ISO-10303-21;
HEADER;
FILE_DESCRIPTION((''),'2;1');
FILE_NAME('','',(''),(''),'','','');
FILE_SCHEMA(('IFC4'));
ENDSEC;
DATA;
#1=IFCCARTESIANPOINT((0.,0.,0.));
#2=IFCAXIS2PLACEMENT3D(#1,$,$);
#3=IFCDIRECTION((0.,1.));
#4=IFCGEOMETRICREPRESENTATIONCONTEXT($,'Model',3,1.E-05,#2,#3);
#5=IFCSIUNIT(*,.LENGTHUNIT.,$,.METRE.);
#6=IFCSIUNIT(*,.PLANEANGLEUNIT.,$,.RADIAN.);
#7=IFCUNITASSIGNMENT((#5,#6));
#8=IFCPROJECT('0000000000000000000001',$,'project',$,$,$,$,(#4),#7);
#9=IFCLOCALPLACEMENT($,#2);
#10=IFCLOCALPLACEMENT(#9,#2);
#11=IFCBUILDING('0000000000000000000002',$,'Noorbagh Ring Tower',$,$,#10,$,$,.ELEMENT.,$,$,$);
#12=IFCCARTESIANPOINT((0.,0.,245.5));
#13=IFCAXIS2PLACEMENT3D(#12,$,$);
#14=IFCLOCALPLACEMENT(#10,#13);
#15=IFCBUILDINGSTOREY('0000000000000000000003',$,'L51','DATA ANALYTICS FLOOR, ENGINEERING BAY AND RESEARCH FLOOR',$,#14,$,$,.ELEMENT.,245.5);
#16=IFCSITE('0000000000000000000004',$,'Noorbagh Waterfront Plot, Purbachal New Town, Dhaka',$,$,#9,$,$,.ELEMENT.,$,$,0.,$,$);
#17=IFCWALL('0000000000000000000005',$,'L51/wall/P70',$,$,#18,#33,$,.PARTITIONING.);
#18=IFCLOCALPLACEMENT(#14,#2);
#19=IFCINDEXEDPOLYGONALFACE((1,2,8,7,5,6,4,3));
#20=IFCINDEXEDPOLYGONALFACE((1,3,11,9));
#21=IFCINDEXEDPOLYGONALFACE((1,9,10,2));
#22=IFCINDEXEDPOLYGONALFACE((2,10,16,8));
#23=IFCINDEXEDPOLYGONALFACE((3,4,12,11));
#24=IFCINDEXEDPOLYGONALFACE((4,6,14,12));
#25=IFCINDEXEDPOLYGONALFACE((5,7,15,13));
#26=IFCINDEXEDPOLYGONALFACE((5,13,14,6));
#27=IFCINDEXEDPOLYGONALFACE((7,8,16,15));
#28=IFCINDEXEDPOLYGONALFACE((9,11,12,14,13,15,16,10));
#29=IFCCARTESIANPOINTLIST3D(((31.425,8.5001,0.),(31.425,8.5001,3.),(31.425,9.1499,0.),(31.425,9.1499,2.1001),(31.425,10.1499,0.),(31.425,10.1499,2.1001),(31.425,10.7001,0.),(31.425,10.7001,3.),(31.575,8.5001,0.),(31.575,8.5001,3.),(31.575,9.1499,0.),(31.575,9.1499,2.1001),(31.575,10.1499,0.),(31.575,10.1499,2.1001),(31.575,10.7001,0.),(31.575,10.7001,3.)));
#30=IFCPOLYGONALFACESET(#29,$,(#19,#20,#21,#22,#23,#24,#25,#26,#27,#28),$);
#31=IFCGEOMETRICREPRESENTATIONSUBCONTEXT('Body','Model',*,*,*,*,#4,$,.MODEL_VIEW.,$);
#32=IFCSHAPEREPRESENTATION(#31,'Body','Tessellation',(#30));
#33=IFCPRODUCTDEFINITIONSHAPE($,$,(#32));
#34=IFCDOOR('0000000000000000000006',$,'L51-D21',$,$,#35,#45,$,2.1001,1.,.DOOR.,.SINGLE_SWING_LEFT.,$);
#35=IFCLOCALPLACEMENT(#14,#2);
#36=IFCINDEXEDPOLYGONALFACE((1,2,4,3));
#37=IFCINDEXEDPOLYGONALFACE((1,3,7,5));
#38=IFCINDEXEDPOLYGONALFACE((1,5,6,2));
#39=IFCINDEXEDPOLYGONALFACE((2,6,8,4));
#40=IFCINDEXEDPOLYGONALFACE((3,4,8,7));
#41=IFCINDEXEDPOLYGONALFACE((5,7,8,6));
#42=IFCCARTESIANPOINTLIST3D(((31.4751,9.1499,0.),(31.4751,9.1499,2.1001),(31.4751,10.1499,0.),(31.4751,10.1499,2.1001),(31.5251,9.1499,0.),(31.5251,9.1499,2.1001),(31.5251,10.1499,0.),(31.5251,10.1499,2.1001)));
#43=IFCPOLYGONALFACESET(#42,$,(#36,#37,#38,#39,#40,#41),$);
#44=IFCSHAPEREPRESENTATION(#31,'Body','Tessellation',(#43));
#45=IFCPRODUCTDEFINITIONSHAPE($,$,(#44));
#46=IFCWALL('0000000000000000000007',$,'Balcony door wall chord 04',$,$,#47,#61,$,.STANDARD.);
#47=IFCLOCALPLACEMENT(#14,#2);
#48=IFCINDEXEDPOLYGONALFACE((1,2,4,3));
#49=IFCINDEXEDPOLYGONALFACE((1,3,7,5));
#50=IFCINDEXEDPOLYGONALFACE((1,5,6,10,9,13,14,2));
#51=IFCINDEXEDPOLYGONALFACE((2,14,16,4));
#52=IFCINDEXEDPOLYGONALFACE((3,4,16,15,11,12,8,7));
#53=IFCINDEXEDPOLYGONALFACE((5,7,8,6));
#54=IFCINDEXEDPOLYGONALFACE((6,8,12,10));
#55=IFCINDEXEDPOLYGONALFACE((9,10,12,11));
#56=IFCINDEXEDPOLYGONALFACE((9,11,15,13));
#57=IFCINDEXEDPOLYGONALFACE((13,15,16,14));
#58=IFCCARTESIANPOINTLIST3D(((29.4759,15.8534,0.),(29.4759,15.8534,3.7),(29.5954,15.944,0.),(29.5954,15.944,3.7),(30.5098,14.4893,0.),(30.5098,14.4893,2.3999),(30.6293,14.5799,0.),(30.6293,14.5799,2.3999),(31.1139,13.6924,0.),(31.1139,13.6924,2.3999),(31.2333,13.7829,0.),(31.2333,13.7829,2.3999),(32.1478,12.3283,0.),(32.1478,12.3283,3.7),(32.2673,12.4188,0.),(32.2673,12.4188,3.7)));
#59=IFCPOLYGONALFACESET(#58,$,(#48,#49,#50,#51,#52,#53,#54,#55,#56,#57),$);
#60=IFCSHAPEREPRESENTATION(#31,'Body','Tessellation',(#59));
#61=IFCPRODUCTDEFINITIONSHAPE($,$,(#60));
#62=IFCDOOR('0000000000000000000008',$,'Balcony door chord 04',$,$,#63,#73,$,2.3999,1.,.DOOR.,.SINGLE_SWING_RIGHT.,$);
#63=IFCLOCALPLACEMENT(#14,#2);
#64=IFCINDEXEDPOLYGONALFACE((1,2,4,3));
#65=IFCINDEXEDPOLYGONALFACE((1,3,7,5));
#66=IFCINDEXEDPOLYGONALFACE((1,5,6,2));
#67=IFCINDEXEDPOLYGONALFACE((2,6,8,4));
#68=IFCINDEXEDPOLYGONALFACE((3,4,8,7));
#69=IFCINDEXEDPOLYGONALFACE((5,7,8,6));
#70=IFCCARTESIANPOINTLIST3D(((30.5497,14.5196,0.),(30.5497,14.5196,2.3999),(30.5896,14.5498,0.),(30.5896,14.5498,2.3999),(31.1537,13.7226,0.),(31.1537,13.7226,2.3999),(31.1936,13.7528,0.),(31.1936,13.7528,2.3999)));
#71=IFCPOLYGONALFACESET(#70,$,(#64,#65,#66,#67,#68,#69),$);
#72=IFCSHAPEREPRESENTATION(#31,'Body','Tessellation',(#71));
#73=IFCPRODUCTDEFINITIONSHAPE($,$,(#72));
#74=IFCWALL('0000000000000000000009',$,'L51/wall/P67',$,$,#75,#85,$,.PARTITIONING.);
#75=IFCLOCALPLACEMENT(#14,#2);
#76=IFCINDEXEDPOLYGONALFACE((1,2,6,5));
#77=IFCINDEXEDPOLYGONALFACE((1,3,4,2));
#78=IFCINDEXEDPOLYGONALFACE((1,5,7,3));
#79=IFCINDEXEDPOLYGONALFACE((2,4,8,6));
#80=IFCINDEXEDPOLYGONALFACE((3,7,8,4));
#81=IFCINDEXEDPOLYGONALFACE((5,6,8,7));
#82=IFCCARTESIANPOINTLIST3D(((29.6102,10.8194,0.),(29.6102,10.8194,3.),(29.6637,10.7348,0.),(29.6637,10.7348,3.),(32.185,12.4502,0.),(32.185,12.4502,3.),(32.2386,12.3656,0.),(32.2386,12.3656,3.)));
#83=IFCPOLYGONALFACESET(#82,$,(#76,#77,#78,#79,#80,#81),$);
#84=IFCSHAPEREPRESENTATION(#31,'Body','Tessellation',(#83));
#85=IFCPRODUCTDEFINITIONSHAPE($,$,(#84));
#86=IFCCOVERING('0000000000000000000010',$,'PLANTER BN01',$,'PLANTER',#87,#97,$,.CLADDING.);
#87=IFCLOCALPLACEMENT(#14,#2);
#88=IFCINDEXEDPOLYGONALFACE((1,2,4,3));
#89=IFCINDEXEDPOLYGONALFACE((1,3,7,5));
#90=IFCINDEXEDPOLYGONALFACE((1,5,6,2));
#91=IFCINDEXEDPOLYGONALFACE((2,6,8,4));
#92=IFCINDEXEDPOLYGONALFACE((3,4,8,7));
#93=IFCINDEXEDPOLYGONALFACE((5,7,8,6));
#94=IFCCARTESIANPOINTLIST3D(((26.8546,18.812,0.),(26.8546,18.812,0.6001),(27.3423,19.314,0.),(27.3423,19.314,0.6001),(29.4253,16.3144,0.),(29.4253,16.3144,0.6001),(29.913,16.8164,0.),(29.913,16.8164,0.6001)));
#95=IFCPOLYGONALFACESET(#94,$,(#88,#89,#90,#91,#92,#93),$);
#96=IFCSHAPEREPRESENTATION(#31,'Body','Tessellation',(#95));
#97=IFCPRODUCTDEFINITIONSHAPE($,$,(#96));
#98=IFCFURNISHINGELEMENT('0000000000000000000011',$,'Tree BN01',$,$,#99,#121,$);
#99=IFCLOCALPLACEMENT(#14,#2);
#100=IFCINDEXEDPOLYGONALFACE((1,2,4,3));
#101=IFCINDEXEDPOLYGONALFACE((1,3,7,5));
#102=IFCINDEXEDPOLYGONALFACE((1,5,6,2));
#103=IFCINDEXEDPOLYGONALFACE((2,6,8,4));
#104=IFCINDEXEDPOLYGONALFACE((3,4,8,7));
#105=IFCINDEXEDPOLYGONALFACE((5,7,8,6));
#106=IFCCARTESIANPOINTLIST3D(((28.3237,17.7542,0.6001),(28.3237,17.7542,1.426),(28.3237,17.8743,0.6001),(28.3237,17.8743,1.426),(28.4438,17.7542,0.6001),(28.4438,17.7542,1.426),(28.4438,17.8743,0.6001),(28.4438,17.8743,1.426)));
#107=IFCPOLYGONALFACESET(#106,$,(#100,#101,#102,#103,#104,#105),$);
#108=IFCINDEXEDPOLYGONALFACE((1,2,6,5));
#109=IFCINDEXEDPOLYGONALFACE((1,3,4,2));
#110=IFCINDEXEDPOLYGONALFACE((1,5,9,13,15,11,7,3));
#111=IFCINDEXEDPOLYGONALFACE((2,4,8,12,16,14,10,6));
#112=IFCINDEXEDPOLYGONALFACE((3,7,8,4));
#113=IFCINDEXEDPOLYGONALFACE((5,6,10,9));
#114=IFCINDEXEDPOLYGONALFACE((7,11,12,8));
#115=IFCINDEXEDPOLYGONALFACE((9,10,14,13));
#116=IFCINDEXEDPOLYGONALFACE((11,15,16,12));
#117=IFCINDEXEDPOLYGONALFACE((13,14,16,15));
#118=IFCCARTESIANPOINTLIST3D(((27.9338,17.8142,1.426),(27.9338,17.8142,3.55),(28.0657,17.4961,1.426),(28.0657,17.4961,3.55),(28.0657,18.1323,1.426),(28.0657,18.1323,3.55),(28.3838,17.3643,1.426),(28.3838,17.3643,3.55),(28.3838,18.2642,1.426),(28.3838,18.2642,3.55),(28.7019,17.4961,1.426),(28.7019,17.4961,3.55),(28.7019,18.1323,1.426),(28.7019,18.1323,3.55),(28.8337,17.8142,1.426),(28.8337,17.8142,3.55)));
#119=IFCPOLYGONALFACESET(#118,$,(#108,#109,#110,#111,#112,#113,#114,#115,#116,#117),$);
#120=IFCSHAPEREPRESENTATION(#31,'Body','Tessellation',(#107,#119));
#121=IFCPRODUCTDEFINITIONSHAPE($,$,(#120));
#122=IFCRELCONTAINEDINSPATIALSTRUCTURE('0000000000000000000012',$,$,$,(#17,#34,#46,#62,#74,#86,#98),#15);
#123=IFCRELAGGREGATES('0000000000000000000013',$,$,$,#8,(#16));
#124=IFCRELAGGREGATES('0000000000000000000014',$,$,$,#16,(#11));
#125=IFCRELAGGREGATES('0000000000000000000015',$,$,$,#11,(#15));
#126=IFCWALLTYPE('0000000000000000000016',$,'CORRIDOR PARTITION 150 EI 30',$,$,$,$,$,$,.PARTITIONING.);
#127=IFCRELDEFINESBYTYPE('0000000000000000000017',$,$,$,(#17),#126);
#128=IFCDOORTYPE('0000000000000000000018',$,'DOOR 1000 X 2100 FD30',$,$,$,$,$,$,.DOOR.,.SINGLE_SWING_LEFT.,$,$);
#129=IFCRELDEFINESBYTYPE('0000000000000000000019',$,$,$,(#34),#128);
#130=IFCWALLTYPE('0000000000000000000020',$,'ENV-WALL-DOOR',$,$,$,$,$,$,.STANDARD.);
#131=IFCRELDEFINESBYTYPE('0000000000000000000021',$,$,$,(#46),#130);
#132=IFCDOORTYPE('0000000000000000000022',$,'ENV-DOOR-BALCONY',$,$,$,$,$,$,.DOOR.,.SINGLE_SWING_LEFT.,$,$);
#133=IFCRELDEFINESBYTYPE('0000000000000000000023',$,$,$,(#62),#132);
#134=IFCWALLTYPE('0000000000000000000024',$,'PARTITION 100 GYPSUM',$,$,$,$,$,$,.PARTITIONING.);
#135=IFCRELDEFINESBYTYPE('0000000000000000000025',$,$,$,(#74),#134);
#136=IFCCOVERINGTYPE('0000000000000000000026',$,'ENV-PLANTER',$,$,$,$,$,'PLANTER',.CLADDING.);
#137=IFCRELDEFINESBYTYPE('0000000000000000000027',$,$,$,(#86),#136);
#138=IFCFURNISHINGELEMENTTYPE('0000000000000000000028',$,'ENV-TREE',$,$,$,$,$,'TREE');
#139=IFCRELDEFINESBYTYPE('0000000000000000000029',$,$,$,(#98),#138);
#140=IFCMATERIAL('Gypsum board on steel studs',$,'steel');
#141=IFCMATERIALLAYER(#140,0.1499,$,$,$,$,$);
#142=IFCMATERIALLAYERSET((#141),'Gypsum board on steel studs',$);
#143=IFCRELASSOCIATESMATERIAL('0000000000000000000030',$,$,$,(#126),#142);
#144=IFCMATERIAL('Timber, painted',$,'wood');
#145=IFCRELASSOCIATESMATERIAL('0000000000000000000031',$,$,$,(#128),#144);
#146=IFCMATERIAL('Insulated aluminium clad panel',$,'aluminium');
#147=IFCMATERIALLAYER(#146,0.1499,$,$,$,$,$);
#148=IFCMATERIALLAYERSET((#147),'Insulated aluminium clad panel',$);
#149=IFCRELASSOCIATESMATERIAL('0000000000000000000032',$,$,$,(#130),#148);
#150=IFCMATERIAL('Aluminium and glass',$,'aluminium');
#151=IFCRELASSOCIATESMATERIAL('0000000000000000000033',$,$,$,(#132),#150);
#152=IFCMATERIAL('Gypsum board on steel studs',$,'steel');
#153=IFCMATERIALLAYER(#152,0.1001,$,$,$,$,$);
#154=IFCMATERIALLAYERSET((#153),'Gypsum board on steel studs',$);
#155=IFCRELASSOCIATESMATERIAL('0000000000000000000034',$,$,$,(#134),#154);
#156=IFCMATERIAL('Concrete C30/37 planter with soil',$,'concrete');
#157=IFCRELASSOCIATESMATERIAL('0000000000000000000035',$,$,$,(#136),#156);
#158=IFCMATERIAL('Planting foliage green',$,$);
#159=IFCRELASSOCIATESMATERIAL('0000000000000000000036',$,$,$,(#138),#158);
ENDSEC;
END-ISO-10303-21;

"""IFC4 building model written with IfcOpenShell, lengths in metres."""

from ifc_helpers import new_model, si_unit, direction, frame, frame_2d, origin, origin_2d, place, context, subcontext, project, spatial, polyline, rectangle, outline, extrude, material, layer, layer_set, type_object, element, fill, save


model = new_model("IFC4")

# Units and contexts
model_context = context("Model", 3, precision=1e-05, world=origin(), true_north=direction((0.0, 1.0)))
body_context = subcontext(model_context, "Body", "Model", "MODEL_VIEW")
ifc_project = project(units=[si_unit("LENGTHUNIT", "METRE"), si_unit("PLANEANGLEUNIT", "RADIAN")], contexts=[model_context])

# Site, building, storey
site_placement = place(None, origin())
site = spatial("IfcSite", under=ifc_project, at=site_placement, Name="Noorbagh Waterfront Plot, Purbachal New Town, Dhaka", CompositionType="ELEMENT", RefElevation=0.0)
building_placement = place(site_placement, origin())
building = spatial("IfcBuilding", under=site, at=building_placement, Name="Noorbagh Ring Tower", CompositionType="ELEMENT")
storey_placement = place(building_placement, frame((0.0, 0.0, 245.5)))
storey = spatial("IfcBuildingStorey", under=building, at=storey_placement, Name="L51", Description="DATA ANALYTICS FLOOR, ENGINEERING BAY AND RESEARCH FLOOR", CompositionType="ELEMENT", Elevation=245.5)

# Shared definitions
ifc_material_1 = material(Name="Gypsum board on steel studs", Category="steel")
ifc_layer_1 = layer(ifc_material_1, 0.1499)
ifc_layer_set_1 = layer_set([ifc_layer_1], Name="Gypsum board on steel studs")
wall_type_1 = type_object("IfcWallType", Name="CORRIDOR PARTITION 150 EI 30", PredefinedType="PARTITIONING", material=ifc_layer_set_1)

# Walls, openings, doors
wall_1_placement = place(storey_placement, frame((31.5, 8.5, 0.0), z_axis=(0.0, 0.0, 1.0), x_axis=(0.0, 1.0, 0.0)))
wall_1 = element("IfcWall", 1, at=wall_1_placement, inside=storey, type_object=wall_type_1, Name="L51/wall/P70", PredefinedType="PARTITIONING", context=body_context, shape_type="SweptSolid", body=[
    extrude(rectangle(XDim=2.2, YDim=0.1499, at=frame_2d((1.1001, 0.0))), origin(), (0.0, 0.0, 1.0), 3.0),
])
opening_1_placement = place(wall_1_placement, frame((0.6499, 0.0, 0.0)))
opening_1 = element("IfcOpeningElement", 2, at=opening_1_placement, cuts=wall_1, PredefinedType="OPENING", context=body_context, shape_type="SweptSolid", body=[
    extrude(rectangle(XDim=1.0, YDim=2.1001, at=frame_2d((0.5, 1.05))), frame((0.0, 0.085, 0.0), z_axis=(0.0, -1.0, 0.0), x_axis=(1.0, 0.0, 0.0)), (0.0, 0.0, 1.0), 0.1699),
])
ifc_material_2 = material(Name="Timber, painted", Category="wood")
door_type_1 = type_object("IfcDoorType", Name="DOOR 1000 X 2100 FD30", OperationType="SINGLE_SWING_LEFT", PredefinedType="DOOR", material=ifc_material_2)
door_1_placement = place(opening_1_placement, origin())
door_1 = element("IfcDoor", 3, at=door_1_placement, inside=storey, type_object=door_type_1, Name="L51-D21", OperationType="SINGLE_SWING_LEFT", OverallHeight=2.1001, OverallWidth=1.0, PredefinedType="DOOR", context=body_context, shape_type="SweptSolid", body=[
    extrude(rectangle(XDim=1.0, YDim=2.1001, at=frame_2d((0.5, 1.05))), frame((0.0, 0.0249, 0.0), z_axis=(0.0, -1.0, 0.0), x_axis=(1.0, 0.0, 0.0)), (0.0, 0.0, 1.0), 0.05),
])
fill(opening_1, door_1)
ifc_material_3 = material(Name="Insulated aluminium clad panel", Category="aluminium")
ifc_layer_2 = layer(ifc_material_3, 0.1499)
ifc_layer_set_2 = layer_set([ifc_layer_2], Name="Insulated aluminium clad panel")
wall_type_2 = type_object("IfcWallType", Name="ENV-WALL-DOOR", PredefinedType="STANDARD", material=ifc_layer_set_2)
wall_2_placement = place(storey_placement, frame((32.2075, 12.3735, 0.0), z_axis=(0.0, 0.0, 1.0), x_axis=(-0.604046, 0.79695, 0.0)))
wall_2 = element("IfcWall", 4, at=wall_2_placement, inside=storey, type_object=wall_type_2, Name="Balcony door wall chord 04", PredefinedType="STANDARD", context=body_context, shape_type="SweptSolid", body=[
    extrude(rectangle(XDim=4.4233, YDim=0.1499, at=frame_2d((2.2117, 0.0))), origin(), (0.0, 0.0, 1.0), 3.7),
])
opening_2_placement = place(wall_2_placement, frame((1.7117, 0.0, 0.0)))
opening_2 = element("IfcOpeningElement", 5, at=opening_2_placement, cuts=wall_2, PredefinedType="OPENING", context=body_context, shape_type="SweptSolid", body=[
    extrude(rectangle(XDim=1.0, YDim=2.3999, at=frame_2d((0.5, 1.2))), frame((0.0, 0.085, 0.0), z_axis=(0.0, -1.0, 0.0), x_axis=(1.0, 0.0, 0.0)), (0.0, 0.0, 1.0), 0.1699),
])
ifc_material_4 = material(Name="Aluminium and glass", Category="aluminium")
door_type_2 = type_object("IfcDoorType", Name="ENV-DOOR-BALCONY", OperationType="SINGLE_SWING_LEFT", PredefinedType="DOOR", material=ifc_material_4)
door_2_placement = place(opening_2_placement, origin())
door_2 = element("IfcDoor", 6, at=door_2_placement, inside=storey, type_object=door_type_2, Name="Balcony door chord 04", OperationType="SINGLE_SWING_RIGHT", OverallHeight=2.3999, OverallWidth=1.0, PredefinedType="DOOR", context=body_context, shape_type="SweptSolid", body=[
    extrude(rectangle(XDim=1.0, YDim=2.3999, at=frame_2d((0.5, 1.2))), frame((0.0, 0.0249, 0.0), z_axis=(0.0, -1.0, 0.0), x_axis=(1.0, 0.0, 0.0)), (0.0, 0.0, 1.0), 0.05),
])
fill(opening_2, door_2)

# Wall
ifc_material_5 = material(Name="Gypsum board on steel studs", Category="steel")
ifc_layer_3 = layer(ifc_material_5, 0.1001)
ifc_layer_set_3 = layer_set([ifc_layer_3], Name="Gypsum board on steel studs")
wall_type_3 = type_object("IfcWallType", Name="PARTITION 100 GYPSUM", PredefinedType="PARTITIONING", material=ifc_layer_set_3)
wall_3_placement = place(storey_placement, frame((29.637, 10.7771, 0.0), z_axis=(0.0, 0.0, 1.0), x_axis=(0.844811, 0.535065, 0.0)))
element("IfcWall", 7, at=wall_3_placement, inside=storey, type_object=wall_type_3, Name="L51/wall/P67", PredefinedType="PARTITIONING", context=body_context, shape_type="SweptSolid", body=[
    extrude(rectangle(XDim=3.0479, YDim=0.1001, at=frame_2d((1.5239, 0.0))), origin(), (0.0, 0.0, 1.0), 3.0),
])

# Covering
ifc_material_6 = material(Name="Concrete C30/37 planter with soil", Category="concrete")
covering_type = type_object("IfcCoveringType", Name="ENV-PLANTER", ElementType="PLANTER", PredefinedType="CLADDING", material=ifc_material_6)
covering_placement = place(storey_placement, frame((28.3838, 17.8142, 0.0), z_axis=(0.0, 0.0, 1.0), x_axis=(-0.717225, 0.696842, 0.0)))
element("IfcCovering", 8, at=covering_placement, inside=storey, type_object=covering_type, Name="PLANTER BN01", ObjectType="PLANTER", PredefinedType="CLADDING", context=body_context, shape_type="SweptSolid", body=[
    extrude(rectangle(XDim=3.5842, YDim=0.7, at=origin_2d()), origin(), (0.0, 0.0, 1.0), 0.6001),
])

# Furnishing element
ifc_material_7 = material(Name="Planting foliage green")
furnishing_element_type = type_object("IfcFurnishingElementType", Name="ENV-TREE", ElementType="TREE", material=ifc_material_7)
furnishing_placement = place(storey_placement, frame((28.3838, 17.8142, 0.6001), z_axis=(0.0, 0.0, 1.0), x_axis=(1.0, 0.0, 0.0)))
element("IfcFurnishingElement", 9, at=furnishing_placement, inside=storey, type_object=furnishing_element_type, Name="Tree BN01", context=body_context, shape_type="SweptSolid", body=[
    extrude(rectangle(XDim=0.1201, YDim=0.1201, at=origin_2d()), origin(), (0.0, 0.0, 1.0), 0.8259),
    extrude(outline(polyline([(0.45, 0.0), (0.3181, 0.3181), (0.0, 0.45), (-0.3181, 0.3181), (-0.45, 0.0), (-0.3181, -0.3181), (0.0, -0.45), (0.3181, -0.3181), (0.45, 0.0)])), frame((0.0, 0.0, 0.8259)), (0.0, 0.0, 1.0), 2.124),
])

save(model, "model.ifc")
